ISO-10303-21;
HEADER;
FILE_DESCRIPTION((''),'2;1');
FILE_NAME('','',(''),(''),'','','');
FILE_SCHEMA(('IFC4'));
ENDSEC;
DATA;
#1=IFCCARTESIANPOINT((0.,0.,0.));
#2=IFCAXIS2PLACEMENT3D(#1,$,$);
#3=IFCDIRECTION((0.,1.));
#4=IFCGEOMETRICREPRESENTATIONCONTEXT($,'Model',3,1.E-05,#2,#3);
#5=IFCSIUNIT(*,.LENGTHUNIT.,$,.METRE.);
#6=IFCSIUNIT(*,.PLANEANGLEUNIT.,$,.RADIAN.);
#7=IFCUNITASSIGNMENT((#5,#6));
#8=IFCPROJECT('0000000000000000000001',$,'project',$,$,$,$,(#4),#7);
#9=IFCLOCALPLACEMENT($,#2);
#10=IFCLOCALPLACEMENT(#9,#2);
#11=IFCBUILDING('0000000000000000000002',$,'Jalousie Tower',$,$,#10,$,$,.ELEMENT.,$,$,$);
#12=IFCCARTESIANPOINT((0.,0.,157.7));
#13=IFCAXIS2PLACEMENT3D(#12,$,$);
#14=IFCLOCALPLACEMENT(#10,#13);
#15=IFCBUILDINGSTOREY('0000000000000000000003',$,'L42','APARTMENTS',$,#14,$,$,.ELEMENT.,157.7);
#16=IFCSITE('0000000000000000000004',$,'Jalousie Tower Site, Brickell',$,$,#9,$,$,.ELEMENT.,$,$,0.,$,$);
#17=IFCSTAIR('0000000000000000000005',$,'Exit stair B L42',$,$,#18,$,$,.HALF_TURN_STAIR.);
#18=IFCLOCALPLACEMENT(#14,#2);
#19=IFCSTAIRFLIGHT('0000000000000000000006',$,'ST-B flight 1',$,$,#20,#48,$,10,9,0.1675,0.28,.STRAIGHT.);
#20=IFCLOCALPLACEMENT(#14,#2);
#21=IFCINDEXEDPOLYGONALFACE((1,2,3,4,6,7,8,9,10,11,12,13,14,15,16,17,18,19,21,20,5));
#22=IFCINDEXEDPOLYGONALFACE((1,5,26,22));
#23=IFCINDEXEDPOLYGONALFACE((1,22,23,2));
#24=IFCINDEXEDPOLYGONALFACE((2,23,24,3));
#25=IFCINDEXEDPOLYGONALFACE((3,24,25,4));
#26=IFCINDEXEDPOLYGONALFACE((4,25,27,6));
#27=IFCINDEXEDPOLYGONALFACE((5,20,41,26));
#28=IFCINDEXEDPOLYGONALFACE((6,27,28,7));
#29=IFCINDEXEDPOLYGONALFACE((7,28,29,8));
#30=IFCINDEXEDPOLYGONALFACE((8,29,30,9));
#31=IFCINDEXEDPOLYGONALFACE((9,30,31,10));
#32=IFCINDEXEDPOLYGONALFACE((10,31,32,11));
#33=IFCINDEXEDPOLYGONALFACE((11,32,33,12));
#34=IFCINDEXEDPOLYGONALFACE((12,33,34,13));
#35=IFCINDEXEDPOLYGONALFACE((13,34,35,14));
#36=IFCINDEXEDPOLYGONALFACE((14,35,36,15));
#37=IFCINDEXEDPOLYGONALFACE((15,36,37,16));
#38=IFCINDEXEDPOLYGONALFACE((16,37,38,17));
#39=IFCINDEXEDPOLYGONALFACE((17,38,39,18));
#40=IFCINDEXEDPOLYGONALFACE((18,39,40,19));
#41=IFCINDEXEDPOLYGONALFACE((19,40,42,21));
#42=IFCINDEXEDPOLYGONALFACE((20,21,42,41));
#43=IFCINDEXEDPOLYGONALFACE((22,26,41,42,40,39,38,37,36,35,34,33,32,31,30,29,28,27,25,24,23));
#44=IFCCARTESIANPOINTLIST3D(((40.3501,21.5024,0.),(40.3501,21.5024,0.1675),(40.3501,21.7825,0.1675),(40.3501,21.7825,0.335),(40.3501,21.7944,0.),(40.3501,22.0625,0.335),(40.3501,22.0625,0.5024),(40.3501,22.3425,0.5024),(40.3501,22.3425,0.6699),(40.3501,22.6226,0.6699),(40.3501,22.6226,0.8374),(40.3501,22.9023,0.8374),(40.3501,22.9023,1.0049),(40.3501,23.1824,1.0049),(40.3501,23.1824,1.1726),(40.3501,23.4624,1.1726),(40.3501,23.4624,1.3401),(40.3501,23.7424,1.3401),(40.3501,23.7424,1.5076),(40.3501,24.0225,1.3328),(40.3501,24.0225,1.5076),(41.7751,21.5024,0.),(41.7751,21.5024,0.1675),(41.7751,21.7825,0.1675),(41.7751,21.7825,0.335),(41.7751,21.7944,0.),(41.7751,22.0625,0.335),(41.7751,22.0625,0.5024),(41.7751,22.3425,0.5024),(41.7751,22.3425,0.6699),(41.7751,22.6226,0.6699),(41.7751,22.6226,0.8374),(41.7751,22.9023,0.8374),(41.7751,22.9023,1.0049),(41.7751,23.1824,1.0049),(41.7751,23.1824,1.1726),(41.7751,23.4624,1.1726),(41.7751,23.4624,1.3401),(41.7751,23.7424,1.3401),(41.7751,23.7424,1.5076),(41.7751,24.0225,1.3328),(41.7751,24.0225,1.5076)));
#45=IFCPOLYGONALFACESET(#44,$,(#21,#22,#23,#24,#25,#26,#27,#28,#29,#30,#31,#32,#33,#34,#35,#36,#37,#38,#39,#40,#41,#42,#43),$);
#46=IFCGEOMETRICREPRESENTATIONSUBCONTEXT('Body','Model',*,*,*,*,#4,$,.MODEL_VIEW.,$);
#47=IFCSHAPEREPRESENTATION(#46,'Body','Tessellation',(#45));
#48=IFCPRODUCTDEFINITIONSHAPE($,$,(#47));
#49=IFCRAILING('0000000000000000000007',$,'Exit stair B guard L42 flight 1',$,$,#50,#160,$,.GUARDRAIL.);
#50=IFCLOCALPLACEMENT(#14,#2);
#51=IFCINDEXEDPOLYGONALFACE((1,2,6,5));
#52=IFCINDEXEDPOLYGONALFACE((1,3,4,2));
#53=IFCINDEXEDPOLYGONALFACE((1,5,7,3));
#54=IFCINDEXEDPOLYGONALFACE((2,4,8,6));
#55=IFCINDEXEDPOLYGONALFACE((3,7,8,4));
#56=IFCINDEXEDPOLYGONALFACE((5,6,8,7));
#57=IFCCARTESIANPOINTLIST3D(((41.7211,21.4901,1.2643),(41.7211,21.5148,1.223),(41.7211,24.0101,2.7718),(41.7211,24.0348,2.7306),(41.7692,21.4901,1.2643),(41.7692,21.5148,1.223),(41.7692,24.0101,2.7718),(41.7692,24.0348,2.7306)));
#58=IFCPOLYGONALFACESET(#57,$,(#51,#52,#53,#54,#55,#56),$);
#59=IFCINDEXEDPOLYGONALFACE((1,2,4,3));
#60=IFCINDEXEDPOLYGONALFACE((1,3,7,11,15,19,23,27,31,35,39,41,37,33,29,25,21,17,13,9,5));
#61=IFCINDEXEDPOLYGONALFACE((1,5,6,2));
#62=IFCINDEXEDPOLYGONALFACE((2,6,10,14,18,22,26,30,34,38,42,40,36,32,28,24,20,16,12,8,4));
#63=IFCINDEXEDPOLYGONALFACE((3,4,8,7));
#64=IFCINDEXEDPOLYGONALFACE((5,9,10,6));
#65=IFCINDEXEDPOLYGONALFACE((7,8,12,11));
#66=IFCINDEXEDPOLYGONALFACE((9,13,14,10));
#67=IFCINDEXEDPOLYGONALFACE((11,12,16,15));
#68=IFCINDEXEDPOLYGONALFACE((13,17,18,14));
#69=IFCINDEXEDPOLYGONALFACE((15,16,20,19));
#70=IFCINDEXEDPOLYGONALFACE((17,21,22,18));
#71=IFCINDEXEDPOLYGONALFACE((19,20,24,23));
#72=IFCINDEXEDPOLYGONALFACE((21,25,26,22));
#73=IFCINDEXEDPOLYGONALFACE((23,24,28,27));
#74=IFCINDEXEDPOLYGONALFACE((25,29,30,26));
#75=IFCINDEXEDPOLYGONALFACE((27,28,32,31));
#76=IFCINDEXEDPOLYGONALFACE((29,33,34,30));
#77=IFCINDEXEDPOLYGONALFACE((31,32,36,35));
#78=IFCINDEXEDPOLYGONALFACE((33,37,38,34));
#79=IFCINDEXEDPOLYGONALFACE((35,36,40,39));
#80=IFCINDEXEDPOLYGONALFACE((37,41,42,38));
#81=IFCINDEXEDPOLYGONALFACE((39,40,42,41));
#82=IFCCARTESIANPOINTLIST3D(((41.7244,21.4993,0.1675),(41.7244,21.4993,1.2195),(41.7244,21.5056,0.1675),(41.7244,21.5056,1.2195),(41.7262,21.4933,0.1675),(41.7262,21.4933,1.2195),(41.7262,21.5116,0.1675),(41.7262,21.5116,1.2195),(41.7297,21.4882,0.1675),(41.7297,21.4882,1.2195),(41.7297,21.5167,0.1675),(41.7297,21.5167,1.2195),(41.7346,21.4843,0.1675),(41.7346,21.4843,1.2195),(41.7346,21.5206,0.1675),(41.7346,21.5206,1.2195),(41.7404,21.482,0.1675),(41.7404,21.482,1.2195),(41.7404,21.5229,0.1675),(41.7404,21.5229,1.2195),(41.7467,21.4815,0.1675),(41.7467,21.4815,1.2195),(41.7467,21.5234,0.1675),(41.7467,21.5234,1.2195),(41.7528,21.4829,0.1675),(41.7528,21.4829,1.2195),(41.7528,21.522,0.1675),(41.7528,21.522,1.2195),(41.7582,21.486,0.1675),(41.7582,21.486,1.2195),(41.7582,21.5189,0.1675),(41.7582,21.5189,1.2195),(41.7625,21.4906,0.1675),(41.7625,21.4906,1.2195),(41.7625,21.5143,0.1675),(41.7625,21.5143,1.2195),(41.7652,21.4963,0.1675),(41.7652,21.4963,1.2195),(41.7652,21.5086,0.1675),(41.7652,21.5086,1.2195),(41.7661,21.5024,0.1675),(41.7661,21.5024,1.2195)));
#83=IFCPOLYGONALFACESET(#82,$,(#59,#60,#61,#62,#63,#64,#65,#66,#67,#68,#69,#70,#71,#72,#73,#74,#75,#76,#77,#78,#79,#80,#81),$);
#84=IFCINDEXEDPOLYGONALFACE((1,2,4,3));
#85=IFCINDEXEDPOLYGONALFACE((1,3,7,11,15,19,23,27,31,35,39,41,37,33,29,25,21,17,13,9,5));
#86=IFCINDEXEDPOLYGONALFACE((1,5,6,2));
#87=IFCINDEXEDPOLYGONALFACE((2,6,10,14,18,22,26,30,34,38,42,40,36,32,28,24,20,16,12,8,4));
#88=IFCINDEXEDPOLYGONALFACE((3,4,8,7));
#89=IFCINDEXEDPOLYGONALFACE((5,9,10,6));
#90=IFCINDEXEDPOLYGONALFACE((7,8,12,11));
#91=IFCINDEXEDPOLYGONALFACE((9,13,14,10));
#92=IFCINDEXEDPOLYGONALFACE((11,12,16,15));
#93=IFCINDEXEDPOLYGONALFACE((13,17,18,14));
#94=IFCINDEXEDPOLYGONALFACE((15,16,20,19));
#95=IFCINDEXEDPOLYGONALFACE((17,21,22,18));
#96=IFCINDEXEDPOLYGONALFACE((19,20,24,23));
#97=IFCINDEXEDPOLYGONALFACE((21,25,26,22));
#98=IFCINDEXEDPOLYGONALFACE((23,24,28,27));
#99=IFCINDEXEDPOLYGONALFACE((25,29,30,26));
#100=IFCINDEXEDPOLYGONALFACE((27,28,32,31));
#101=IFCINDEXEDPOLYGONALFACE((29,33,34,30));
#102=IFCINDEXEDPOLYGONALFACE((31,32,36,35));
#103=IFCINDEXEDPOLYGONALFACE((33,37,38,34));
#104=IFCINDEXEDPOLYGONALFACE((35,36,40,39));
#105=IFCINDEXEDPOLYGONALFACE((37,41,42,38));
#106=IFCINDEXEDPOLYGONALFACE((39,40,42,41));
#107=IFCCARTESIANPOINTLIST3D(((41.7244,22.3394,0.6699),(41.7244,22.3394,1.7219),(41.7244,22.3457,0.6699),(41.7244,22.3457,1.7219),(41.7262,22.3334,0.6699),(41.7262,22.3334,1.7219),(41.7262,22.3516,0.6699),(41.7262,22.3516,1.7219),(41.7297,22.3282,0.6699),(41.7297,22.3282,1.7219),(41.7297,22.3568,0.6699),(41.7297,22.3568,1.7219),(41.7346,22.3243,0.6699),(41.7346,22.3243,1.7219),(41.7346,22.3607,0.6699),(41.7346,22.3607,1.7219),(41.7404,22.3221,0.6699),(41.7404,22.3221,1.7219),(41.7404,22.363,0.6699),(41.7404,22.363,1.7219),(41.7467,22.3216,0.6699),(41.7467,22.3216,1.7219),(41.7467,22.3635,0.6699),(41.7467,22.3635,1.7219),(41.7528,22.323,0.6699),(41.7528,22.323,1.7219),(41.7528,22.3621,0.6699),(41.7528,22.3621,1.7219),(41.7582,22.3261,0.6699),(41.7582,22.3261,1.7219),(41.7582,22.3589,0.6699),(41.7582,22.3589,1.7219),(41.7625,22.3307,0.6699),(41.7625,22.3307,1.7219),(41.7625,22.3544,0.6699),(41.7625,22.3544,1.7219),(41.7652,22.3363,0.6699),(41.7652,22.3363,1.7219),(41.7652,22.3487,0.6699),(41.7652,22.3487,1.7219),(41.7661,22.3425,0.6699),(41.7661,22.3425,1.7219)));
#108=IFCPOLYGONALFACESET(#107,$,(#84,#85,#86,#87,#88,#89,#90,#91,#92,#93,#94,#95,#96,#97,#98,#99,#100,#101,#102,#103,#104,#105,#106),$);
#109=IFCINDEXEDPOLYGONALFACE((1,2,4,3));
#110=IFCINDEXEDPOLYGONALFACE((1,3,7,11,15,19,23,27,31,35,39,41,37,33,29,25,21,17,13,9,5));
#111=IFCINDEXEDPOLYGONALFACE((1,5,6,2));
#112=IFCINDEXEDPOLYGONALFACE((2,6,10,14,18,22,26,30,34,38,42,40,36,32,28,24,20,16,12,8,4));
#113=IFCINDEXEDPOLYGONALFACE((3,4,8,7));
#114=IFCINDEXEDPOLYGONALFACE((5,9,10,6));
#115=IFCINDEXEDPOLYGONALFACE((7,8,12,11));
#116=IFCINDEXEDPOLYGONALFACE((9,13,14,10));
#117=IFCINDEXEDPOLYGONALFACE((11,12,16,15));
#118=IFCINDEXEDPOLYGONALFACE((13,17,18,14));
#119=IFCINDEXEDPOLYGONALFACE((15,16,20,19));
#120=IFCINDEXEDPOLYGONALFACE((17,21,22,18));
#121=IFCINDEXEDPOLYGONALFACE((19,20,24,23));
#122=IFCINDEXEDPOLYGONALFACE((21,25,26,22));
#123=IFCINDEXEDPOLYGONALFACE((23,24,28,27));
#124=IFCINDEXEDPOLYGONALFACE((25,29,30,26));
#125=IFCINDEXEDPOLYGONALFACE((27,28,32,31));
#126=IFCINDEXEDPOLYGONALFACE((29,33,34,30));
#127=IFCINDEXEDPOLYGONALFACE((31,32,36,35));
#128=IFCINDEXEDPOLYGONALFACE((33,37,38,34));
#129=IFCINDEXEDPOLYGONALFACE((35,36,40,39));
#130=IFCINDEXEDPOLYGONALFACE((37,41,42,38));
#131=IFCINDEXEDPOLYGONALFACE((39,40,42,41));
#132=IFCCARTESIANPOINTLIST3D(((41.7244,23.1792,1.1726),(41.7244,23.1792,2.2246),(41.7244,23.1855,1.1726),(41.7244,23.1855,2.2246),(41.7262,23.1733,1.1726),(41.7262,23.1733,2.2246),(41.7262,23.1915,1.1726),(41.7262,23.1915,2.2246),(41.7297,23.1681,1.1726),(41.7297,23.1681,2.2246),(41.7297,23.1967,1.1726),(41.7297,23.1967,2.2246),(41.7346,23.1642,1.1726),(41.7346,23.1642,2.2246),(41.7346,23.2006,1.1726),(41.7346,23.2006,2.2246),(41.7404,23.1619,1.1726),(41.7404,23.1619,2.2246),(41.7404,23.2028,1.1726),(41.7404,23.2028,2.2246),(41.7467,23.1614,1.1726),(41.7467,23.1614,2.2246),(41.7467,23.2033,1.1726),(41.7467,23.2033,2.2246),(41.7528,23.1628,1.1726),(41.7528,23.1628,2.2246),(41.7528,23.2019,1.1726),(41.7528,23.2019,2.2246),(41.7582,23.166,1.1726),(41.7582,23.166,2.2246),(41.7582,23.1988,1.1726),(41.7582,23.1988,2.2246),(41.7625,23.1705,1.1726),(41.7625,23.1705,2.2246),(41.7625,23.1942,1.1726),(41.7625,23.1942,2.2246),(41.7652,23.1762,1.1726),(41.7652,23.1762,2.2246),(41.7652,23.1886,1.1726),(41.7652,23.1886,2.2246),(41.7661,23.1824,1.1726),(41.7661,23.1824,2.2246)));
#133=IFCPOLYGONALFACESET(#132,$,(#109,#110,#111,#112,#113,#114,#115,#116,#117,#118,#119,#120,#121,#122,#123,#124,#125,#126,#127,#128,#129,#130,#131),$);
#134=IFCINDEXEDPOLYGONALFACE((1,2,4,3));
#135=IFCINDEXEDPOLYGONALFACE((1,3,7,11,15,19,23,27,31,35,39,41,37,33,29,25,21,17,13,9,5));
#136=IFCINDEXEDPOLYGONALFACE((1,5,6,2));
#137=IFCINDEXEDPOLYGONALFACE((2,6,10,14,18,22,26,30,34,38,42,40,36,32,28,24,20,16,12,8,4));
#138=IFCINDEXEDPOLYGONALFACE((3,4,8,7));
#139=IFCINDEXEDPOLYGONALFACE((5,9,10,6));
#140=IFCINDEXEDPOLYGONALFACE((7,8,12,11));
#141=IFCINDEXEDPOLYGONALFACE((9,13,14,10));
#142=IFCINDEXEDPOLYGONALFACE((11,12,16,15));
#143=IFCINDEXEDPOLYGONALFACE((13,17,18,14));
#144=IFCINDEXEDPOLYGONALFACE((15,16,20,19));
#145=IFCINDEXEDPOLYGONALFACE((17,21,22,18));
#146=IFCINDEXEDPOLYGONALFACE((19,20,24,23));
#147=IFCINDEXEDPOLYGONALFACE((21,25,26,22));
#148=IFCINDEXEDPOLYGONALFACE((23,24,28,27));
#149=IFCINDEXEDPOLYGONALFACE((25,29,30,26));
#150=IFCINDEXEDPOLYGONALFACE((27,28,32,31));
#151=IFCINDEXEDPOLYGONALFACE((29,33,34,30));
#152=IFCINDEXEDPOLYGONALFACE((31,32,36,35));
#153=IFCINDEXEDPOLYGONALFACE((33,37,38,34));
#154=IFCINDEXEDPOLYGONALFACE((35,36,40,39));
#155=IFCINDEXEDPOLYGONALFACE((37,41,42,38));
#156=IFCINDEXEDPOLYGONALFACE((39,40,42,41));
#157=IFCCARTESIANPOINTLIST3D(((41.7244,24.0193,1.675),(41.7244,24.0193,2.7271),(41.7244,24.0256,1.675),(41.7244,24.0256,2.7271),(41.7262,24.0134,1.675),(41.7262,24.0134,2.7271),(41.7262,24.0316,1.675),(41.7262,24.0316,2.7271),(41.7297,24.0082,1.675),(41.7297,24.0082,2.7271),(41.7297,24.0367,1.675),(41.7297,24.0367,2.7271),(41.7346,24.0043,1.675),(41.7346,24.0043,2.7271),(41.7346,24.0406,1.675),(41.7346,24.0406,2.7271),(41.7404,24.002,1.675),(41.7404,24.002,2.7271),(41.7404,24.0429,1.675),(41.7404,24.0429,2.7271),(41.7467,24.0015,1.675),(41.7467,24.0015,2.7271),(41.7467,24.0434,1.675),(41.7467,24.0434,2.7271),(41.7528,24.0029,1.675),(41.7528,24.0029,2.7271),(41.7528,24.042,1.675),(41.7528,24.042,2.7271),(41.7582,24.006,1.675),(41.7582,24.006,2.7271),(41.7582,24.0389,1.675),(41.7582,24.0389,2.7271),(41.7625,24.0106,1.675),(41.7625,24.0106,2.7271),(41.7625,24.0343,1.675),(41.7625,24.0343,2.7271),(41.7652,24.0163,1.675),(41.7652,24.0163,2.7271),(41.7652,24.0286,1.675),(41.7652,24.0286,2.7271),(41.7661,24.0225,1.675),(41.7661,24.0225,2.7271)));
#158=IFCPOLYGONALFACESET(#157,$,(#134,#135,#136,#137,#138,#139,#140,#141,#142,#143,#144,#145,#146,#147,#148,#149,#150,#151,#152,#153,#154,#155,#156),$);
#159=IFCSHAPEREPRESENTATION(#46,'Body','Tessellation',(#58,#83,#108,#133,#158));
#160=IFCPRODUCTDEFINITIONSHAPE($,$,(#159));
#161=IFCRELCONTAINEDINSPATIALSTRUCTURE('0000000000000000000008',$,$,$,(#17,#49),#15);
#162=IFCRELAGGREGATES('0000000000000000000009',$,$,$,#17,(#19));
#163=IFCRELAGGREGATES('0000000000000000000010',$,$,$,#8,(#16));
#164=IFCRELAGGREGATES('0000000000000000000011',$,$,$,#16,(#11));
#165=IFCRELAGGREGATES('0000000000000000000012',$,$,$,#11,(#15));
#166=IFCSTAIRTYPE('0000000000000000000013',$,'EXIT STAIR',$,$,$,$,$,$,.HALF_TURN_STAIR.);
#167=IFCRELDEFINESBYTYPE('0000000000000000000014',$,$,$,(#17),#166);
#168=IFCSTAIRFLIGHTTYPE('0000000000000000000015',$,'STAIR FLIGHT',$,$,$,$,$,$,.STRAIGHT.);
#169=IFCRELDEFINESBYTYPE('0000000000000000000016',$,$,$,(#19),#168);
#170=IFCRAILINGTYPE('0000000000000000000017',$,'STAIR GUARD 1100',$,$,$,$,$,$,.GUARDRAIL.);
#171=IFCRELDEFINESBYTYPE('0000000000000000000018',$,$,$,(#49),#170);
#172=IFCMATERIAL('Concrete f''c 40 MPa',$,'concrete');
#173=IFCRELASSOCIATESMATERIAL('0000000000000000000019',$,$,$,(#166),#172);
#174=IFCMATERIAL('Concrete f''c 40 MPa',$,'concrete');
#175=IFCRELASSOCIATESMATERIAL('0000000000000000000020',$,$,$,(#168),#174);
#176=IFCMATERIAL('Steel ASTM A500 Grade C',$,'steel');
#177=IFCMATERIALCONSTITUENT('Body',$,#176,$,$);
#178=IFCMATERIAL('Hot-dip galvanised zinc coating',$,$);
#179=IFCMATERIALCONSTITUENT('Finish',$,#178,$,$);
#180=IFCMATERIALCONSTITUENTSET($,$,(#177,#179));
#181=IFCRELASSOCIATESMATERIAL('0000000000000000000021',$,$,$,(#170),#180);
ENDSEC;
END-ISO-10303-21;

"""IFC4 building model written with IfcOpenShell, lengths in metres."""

from ifc_helpers import new_model, si_unit, direction, frame, origin, origin_2d, place, context, subcontext, project, spatial, polyline, rectangle, circle, outline, extrude, material, constituent, constituent_set, type_object, element, aggregate, save


model = new_model("IFC4")

# Units and contexts
model_context = context("Model", 3, precision=1e-05, world=origin(), true_north=direction((0.0, 1.0)))
body_context = subcontext(model_context, "Body", "Model", "MODEL_VIEW")
ifc_project = project(units=[si_unit("LENGTHUNIT", "METRE"), si_unit("PLANEANGLEUNIT", "RADIAN")], contexts=[model_context])

# Site, building, storey
site_placement = place(None, origin())
site = spatial("IfcSite", under=ifc_project, at=site_placement, Name="Jalousie Tower Site, Brickell", CompositionType="ELEMENT", RefElevation=0.0)
building_placement = place(site_placement, origin())
building = spatial("IfcBuilding", under=site, at=building_placement, Name="Jalousie Tower", CompositionType="ELEMENT")
storey_placement = place(building_placement, frame((0.0, 0.0, 157.7)))
storey = spatial("IfcBuildingStorey", under=building, at=storey_placement, Name="L42", Description="APARTMENTS", CompositionType="ELEMENT", Elevation=157.7)

# Stair, stair flight
ifc_material_1 = material(Name="Concrete f'c 40 MPa", Category="concrete")
stair_type = type_object("IfcStairType", Name="EXIT STAIR", PredefinedType="HALF_TURN_STAIR", material=ifc_material_1)
stair_placement = place(storey_placement, origin())
stair = element("IfcStair", 1, at=stair_placement, inside=storey, type_object=stair_type, Name="Exit stair B L42", PredefinedType="HALF_TURN_STAIR")
ifc_material_2 = material(Name="Concrete f'c 40 MPa", Category="concrete")
stair_flight_type = type_object("IfcStairFlightType", Name="STAIR FLIGHT", PredefinedType="STRAIGHT", material=ifc_material_2)
stair_flight_placement = place(storey_placement, frame((41.0625, 21.5024, 0.0), z_axis=(0.0, 0.0, 1.0), x_axis=(0.0, 1.0, 0.0)))
stair_flight = element("IfcStairFlight", 2, at=stair_flight_placement, type_object=stair_flight_type, Name="ST-B flight 1", NumberOfRisers=10, NumberOfTreads=9, PredefinedType="STRAIGHT", RiserHeight=0.1675, TreadLength=0.28, context=body_context, shape_type="SweptSolid", body=[
    extrude(outline(polyline([(0.0, 0.0), (0.0, 0.1675), (0.28, 0.1675), (0.28, 0.335), (0.5601, 0.335), (0.5601, 0.5024), (0.8401, 0.5024), (0.8401, 0.6699), (1.1201, 0.6699), (1.1201, 0.8374), (1.3999, 0.8374), (1.3999, 1.0049), (1.6799, 1.0049), (1.6799, 1.1726), (1.96, 1.1726), (1.96, 1.3401), (2.24, 1.3401), (2.24, 1.5076), (2.52, 1.5076), (2.52, 1.675), (2.52, 1.3328), (0.292, 0.0), (0.0, 0.0)])), frame((0.0, 0.7124, 0.0), z_axis=(0.0, -1.0, 0.0), x_axis=(1.0, 0.0, 0.0)), (0.0, 0.0, 1.0), 1.425),
])
aggregate(stair, [stair_flight])

# Railing
ifc_material_3 = material(Name="Steel ASTM A500 Grade C", Category="steel")
ifc_constituent_1 = constituent(ifc_material_3, Name="Body")
ifc_material_4 = material(Name="Hot-dip galvanised zinc coating")
ifc_constituent_2 = constituent(ifc_material_4, Name="Finish")
ifc_constituent_set_1 = constituent_set(constituents=[ifc_constituent_1, ifc_constituent_2])
railing_type_1 = type_object("IfcRailingType", Name="STAIR GUARD 1100", PredefinedType="GUARDRAIL", material=ifc_constituent_set_1)
railing_1_placement = place(storey_placement, frame((41.7451, 21.5024, 0.1675)))
element("IfcRailing", 3, at=railing_1_placement, inside=storey, type_object=railing_type_1, Name="Exit stair B guard L42 flight 1", PredefinedType="GUARDRAIL", context=body_context, shape_type="SweptSolid", body=[
    extrude(rectangle(XDim=0.0481, YDim=0.0481, at=origin_2d()), frame((0.0, 0.0, 1.0762), z_axis=(0.0, 0.85816, 0.513383), x_axis=(-1.0, 0.0, 0.0)), (0.0, 0.0, 1.0), 2.9365),
    extrude(circle(Radius=0.021, at=origin_2d()), origin(), (0.0, 0.0, 1.0), 1.052),
    extrude(circle(Radius=0.021, at=origin_2d()), frame((0.0, 0.8401, 0.5024)), (0.0, 0.0, 1.0), 1.052),
    extrude(circle(Radius=0.021, at=origin_2d()), frame((0.0, 1.6799, 1.0051)), (0.0, 0.0, 1.0), 1.052),
    extrude(circle(Radius=0.021, at=origin_2d()), frame((0.0, 2.52, 1.5076)), (0.0, 0.0, 1.0), 1.052),
])

save(model, "model.ifc")
